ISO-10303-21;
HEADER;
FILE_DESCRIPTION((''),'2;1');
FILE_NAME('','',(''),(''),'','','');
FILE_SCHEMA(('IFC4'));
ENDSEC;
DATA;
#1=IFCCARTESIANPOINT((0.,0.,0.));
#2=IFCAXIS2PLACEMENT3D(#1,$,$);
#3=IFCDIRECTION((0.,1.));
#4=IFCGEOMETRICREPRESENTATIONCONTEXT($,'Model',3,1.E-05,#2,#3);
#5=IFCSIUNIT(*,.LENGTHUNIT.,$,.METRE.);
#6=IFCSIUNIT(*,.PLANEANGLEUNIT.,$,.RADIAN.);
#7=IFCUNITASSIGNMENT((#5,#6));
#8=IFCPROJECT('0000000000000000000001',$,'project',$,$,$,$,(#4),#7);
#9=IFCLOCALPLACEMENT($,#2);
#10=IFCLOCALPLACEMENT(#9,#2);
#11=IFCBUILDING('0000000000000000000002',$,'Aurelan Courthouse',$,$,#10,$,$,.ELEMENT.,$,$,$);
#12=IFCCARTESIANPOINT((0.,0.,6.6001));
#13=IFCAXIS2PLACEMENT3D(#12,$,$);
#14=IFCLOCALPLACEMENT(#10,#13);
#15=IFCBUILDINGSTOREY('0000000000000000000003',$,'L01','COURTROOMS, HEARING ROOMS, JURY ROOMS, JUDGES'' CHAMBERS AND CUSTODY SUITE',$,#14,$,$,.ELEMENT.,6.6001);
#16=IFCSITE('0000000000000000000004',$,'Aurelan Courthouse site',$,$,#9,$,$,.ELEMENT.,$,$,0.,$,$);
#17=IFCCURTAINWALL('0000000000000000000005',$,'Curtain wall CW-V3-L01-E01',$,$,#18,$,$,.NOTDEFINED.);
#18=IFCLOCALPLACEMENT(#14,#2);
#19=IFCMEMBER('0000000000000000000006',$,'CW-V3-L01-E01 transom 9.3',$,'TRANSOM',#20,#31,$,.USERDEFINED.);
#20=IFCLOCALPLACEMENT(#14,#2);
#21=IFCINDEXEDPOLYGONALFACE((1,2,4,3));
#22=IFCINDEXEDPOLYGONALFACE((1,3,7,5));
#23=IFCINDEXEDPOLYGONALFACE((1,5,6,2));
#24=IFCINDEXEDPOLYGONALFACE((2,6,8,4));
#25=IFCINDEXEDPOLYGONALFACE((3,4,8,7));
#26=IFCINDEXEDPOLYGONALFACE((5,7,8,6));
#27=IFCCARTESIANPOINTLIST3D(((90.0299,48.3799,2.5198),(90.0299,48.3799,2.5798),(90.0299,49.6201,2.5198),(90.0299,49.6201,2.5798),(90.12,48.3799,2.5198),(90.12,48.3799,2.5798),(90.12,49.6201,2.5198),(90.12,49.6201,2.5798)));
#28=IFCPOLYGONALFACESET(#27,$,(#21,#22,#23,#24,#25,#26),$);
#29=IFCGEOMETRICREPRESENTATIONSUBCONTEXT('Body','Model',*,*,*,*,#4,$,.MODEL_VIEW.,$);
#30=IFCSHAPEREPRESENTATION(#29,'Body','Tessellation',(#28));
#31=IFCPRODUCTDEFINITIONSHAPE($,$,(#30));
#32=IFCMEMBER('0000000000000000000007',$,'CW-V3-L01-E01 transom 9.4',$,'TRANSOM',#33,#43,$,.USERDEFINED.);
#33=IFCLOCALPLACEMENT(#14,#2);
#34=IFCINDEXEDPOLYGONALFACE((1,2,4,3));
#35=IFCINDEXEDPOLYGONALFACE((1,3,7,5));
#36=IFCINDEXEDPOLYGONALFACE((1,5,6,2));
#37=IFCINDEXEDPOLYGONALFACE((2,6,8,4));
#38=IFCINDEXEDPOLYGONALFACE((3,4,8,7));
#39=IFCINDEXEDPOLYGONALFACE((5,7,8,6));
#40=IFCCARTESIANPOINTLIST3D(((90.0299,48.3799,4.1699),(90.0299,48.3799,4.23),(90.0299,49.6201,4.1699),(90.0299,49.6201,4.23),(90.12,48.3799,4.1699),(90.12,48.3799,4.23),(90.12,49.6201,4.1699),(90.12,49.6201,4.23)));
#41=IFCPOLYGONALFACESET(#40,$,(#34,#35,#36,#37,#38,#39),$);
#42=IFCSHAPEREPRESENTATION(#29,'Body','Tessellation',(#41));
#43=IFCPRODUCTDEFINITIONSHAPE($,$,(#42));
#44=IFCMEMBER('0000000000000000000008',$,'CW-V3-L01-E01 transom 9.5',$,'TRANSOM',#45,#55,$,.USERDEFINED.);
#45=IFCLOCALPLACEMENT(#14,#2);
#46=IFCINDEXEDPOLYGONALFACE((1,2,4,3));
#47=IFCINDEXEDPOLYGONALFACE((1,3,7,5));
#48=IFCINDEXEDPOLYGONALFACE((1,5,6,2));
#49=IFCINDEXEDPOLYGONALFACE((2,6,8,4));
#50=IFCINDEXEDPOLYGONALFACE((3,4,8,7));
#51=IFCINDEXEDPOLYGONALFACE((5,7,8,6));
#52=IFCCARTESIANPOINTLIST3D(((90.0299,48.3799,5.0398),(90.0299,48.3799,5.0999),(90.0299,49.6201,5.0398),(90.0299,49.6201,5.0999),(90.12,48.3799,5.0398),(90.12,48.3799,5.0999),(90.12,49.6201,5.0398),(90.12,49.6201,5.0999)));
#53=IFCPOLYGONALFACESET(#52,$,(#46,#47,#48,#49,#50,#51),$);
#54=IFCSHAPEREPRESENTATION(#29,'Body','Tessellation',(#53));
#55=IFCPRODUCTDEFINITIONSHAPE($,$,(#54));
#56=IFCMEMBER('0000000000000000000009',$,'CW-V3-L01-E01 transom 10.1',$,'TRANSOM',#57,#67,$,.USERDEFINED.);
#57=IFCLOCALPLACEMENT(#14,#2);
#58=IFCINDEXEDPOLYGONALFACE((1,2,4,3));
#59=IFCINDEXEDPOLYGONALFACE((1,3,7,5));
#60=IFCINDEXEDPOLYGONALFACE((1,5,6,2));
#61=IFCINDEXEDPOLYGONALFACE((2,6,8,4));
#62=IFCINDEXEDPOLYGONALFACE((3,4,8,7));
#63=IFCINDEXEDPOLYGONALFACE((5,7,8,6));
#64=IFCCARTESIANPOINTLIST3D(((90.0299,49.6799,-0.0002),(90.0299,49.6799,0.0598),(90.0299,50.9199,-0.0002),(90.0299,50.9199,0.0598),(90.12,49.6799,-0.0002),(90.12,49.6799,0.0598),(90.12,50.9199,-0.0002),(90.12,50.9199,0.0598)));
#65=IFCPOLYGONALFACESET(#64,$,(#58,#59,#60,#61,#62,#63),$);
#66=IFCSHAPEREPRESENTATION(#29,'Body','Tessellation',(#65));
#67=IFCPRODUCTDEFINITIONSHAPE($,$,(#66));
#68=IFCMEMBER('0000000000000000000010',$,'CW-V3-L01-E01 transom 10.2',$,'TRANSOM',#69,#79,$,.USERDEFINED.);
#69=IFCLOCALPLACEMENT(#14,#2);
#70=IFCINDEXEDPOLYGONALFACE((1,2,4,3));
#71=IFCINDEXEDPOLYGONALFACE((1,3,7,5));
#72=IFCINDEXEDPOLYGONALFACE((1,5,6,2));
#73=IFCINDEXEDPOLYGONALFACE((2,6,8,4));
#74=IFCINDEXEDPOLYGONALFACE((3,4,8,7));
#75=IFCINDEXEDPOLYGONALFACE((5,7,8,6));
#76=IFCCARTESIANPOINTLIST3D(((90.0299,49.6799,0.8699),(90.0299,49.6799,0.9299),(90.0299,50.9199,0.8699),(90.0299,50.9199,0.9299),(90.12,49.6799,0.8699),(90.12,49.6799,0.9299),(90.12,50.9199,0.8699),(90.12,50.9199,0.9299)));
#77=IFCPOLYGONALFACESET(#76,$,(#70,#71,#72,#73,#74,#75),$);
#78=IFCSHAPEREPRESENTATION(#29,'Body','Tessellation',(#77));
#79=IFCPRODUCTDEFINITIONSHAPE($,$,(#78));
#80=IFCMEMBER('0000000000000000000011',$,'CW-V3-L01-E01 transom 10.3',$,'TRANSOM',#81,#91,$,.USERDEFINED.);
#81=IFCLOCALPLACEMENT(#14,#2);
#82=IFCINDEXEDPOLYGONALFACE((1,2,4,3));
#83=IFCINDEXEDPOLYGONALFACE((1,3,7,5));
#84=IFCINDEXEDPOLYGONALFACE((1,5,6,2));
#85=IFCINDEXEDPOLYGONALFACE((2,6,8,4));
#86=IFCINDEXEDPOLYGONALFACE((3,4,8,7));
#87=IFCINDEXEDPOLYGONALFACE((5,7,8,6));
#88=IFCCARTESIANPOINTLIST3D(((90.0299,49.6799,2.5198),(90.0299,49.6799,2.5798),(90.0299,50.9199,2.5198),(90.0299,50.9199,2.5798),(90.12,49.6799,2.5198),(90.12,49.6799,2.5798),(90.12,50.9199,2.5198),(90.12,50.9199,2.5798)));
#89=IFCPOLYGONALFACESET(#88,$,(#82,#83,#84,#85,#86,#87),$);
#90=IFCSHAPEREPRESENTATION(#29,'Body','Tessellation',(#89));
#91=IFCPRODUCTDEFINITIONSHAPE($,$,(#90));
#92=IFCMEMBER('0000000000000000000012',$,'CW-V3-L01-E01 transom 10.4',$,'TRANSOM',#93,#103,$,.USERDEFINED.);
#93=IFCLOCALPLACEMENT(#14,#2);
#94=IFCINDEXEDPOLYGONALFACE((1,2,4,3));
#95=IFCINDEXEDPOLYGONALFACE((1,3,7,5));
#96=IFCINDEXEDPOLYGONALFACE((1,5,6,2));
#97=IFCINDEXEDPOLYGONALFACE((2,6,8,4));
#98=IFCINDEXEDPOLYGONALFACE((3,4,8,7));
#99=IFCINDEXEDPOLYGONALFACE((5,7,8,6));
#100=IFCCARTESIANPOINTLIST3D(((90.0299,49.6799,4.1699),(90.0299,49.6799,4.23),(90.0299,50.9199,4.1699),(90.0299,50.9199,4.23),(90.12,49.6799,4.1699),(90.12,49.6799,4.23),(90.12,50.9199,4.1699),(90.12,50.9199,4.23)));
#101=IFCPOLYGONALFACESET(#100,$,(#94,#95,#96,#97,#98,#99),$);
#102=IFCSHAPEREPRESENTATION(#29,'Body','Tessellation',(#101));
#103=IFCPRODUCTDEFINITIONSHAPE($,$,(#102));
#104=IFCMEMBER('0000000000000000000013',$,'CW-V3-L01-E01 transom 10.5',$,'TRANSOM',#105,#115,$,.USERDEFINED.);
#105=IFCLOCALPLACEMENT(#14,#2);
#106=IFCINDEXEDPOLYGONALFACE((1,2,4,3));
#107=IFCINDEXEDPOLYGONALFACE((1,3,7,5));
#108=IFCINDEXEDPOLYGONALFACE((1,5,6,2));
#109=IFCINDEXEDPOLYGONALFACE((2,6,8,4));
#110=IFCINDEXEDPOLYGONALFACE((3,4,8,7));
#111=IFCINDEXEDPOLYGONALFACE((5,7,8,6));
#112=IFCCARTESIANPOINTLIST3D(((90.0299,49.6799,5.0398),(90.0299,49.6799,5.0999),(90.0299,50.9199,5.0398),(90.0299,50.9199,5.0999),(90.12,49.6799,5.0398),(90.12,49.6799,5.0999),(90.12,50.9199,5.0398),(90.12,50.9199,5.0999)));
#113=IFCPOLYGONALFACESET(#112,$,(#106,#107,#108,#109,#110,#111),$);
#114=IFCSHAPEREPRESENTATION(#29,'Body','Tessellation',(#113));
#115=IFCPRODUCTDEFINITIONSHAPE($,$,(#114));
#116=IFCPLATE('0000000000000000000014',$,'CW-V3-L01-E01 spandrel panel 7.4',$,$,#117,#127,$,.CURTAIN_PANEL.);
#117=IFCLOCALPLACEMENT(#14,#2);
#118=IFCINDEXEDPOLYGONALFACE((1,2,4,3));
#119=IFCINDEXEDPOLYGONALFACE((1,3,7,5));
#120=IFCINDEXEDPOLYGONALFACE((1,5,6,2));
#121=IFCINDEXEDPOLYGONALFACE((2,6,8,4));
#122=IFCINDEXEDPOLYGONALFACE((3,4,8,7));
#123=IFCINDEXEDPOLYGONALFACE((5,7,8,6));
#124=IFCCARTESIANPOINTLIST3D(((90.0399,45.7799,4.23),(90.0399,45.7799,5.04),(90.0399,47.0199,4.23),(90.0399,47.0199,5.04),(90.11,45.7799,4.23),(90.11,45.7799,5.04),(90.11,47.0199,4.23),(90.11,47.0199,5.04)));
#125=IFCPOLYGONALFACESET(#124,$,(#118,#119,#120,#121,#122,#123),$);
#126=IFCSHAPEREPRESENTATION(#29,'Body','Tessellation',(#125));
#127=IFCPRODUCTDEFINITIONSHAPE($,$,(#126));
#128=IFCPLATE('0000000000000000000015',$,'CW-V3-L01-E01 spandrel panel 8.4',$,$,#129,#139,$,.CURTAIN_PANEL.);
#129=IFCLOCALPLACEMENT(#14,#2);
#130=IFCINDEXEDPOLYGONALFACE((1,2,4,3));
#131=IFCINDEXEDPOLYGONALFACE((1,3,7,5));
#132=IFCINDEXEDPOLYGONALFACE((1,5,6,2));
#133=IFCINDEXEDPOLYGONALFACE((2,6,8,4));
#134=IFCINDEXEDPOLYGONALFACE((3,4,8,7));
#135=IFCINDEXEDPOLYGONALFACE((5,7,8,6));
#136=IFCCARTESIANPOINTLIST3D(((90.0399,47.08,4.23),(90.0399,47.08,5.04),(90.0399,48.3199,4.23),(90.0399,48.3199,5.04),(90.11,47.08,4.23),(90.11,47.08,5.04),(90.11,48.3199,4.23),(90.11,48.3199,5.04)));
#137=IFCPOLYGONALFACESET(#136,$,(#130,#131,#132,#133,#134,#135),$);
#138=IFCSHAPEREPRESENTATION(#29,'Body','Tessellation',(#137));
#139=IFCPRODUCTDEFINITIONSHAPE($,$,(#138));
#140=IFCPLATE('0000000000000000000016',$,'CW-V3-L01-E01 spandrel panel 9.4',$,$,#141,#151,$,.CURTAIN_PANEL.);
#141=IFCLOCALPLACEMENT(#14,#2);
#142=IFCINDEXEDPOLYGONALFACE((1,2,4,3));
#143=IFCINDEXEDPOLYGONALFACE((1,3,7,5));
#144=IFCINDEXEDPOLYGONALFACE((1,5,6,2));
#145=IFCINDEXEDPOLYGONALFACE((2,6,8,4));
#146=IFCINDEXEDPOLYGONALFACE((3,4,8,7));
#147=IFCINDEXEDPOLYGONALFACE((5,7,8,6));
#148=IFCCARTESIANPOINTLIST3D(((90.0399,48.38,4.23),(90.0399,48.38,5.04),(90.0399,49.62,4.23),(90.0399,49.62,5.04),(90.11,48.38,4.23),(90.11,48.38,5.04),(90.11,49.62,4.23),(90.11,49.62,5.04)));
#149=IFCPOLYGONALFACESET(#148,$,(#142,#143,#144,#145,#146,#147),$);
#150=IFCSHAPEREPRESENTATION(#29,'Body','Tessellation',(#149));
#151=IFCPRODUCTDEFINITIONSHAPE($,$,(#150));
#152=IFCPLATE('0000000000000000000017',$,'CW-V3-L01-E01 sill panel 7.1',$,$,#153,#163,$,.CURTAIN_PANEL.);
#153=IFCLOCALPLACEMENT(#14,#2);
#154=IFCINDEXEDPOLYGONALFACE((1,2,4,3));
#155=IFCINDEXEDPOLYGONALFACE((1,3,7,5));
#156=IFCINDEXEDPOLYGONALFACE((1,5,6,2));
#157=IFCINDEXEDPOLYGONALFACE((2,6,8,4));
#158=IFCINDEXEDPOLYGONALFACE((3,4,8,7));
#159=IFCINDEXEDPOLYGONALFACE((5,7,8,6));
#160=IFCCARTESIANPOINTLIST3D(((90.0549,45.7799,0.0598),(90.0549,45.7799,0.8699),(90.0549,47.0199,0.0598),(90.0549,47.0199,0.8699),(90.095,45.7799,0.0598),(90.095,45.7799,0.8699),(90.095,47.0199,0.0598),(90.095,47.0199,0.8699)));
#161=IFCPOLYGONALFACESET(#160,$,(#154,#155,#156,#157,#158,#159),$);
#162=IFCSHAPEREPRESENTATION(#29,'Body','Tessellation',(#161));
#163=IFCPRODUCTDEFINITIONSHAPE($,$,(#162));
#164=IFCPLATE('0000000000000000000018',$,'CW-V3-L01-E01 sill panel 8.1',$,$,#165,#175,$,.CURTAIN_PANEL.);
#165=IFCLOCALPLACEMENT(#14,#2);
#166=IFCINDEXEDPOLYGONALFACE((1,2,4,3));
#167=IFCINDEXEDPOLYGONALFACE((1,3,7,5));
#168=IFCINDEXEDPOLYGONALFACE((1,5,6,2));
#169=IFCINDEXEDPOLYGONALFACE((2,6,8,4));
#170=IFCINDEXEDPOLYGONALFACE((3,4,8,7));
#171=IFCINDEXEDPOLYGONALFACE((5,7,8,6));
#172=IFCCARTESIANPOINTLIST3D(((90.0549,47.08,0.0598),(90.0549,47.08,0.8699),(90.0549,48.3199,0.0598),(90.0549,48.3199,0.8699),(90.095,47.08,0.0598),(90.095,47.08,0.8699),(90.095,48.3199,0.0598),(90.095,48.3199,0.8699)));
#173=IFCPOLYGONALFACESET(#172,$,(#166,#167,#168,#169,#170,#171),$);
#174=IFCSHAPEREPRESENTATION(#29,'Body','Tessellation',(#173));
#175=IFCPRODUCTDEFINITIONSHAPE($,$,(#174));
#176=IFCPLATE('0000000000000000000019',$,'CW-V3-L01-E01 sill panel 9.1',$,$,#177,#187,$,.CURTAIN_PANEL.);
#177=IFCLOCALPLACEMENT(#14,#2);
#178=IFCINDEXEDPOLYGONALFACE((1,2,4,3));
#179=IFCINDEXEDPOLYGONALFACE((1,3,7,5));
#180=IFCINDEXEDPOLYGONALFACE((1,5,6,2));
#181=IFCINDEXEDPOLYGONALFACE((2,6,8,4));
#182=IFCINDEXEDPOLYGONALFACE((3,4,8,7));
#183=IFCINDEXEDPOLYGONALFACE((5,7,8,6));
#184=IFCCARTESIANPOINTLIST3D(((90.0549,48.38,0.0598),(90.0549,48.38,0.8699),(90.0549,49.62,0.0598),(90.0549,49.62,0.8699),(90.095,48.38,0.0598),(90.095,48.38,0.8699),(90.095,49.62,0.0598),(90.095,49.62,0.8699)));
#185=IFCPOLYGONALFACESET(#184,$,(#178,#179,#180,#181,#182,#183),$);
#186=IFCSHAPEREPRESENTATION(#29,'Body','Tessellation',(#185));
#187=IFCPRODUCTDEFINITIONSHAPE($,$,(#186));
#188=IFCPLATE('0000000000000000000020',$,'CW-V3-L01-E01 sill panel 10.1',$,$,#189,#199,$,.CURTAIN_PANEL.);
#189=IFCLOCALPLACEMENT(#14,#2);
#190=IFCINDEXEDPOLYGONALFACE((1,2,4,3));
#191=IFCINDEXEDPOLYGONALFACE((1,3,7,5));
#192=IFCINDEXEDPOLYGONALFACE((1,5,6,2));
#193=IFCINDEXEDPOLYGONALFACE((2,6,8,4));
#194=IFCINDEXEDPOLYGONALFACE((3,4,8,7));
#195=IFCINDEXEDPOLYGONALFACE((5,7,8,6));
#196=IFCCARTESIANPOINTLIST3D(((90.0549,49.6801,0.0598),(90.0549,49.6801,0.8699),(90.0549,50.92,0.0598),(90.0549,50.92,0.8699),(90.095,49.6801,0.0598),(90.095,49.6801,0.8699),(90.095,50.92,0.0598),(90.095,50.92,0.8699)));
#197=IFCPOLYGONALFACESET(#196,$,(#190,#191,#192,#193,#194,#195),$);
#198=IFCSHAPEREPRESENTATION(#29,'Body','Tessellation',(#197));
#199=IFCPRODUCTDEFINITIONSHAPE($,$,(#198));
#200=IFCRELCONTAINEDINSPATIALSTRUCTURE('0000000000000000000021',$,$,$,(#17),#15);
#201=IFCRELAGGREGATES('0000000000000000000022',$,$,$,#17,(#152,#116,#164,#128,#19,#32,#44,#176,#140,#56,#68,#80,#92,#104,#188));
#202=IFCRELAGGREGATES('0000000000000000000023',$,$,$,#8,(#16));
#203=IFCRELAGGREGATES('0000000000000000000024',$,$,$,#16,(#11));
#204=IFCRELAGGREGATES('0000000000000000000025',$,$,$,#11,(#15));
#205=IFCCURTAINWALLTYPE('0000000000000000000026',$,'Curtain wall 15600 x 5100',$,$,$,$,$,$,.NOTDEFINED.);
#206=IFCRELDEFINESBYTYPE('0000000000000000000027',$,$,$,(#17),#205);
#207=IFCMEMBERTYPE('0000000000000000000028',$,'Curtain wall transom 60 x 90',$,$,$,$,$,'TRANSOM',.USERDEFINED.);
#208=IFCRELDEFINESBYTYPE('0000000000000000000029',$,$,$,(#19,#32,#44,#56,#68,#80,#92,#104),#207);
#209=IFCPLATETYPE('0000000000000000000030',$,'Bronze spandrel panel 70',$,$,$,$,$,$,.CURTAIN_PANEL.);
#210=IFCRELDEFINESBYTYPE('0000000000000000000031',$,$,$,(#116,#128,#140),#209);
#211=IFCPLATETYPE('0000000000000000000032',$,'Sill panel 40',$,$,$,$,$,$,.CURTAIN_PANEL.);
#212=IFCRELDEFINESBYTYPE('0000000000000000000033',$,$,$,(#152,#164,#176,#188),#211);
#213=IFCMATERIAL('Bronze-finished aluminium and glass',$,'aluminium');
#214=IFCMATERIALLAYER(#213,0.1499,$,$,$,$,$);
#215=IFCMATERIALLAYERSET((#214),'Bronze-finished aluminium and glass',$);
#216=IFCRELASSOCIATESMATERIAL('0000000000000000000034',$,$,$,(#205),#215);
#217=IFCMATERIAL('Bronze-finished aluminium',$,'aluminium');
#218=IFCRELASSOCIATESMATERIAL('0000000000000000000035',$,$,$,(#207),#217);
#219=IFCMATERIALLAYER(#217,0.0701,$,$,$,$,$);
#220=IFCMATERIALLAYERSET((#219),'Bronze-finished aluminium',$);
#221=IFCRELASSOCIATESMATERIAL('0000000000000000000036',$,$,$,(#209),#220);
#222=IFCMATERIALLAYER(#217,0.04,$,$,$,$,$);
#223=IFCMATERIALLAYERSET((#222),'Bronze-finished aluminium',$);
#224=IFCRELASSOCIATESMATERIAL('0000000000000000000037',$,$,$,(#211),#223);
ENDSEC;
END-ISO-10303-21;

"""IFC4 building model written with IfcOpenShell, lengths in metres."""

from ifc_helpers import new_model, si_unit, direction, frame, origin, origin_2d, place, context, subcontext, project, spatial, rectangle, extrude, material, layer, layer_set, material_profile, profile_set, type_object, element, aggregate, save


model = new_model("IFC4")

# Units and contexts
model_context = context("Model", 3, precision=1e-05, world=origin(), true_north=direction((0.0, 1.0)))
body_context = subcontext(model_context, "Body", "Model", "MODEL_VIEW")
ifc_project = project(units=[si_unit("LENGTHUNIT", "METRE"), si_unit("PLANEANGLEUNIT", "RADIAN")], contexts=[model_context])

# Site, building, storey
site_placement = place(None, origin())
site = spatial("IfcSite", under=ifc_project, at=site_placement, Name="Aurelan Courthouse site", CompositionType="ELEMENT", RefElevation=0.0)
building_placement = place(site_placement, origin())
building = spatial("IfcBuilding", under=site, at=building_placement, Name="Aurelan Courthouse", CompositionType="ELEMENT")
storey_placement = place(building_placement, frame((0.0, 0.0, 6.6001)))
storey = spatial("IfcBuildingStorey", under=building, at=storey_placement, Name="L01", Description="COURTROOMS, HEARING ROOMS, JURY ROOMS, JUDGES' CHAMBERS AND CUSTODY SUITE", CompositionType="ELEMENT", Elevation=6.6001)

# Curtain wall, members, plates
ifc_material_1 = material(Name="Bronze-finished aluminium and glass", Category="aluminium")
ifc_layer_1 = layer(ifc_material_1, 0.1499)
ifc_layer_set_1 = layer_set([ifc_layer_1], Name="Bronze-finished aluminium and glass")
curtain_wall_type = type_object("IfcCurtainWallType", Name="Curtain wall 15600 x 5100", PredefinedType="NOTDEFINED", material=ifc_layer_set_1)
curtain_wall_placement = place(storey_placement, origin())
curtain_wall = element("IfcCurtainWall", 1, at=curtain_wall_placement, inside=storey, type_object=curtain_wall_type, Name="Curtain wall CW-V3-L01-E01", PredefinedType="NOTDEFINED")
ifc_material_2 = material(Name="Bronze-finished aluminium", Category="aluminium")
ifc_material_profile_1 = material_profile(ifc_material_2, rectangle(XDim=0.0901, YDim=0.0601, at=origin_2d()), Name="Bronze transom 60 x 90")
ifc_profile_set_1 = profile_set([ifc_material_profile_1], Name="Bronze-finished aluminium")
member_type_1 = type_object("IfcMemberType", Name="Curtain wall transom 60 x 90", ElementType="TRANSOM", PredefinedType="USERDEFINED", material=ifc_profile_set_1)
member_1_placement = place(storey_placement, frame((90.075, 48.3799, 2.5498), z_axis=(0.0, 1.0, 0.0), x_axis=(-1.0, 0.0, 0.0)))
member_1 = element("IfcMember", 2, at=member_1_placement, type_object=member_type_1, Name="CW-V3-L01-E01 transom 9.3", ObjectType="TRANSOM", PredefinedType="USERDEFINED", context=body_context, shape_type="SweptSolid", body=[
    extrude(rectangle(XDim=0.0901, YDim=0.0601, at=origin_2d()), origin(), (0.0, 0.0, 1.0), 1.2402),
])
member_2_placement = place(storey_placement, frame((90.075, 48.3799, 4.2), z_axis=(0.0, 1.0, 0.0), x_axis=(-1.0, 0.0, 0.0)))
member_2 = element("IfcMember", 3, at=member_2_placement, type_object=member_type_1, Name="CW-V3-L01-E01 transom 9.4", ObjectType="TRANSOM", PredefinedType="USERDEFINED", context=body_context, shape_type="SweptSolid", body=[
    extrude(rectangle(XDim=0.0901, YDim=0.0601, at=origin_2d()), origin(), (0.0, 0.0, 1.0), 1.2402),
])
member_3_placement = place(storey_placement, frame((90.075, 48.3799, 5.0698), z_axis=(0.0, 1.0, 0.0), x_axis=(-1.0, 0.0, 0.0)))
member_3 = element("IfcMember", 4, at=member_3_placement, type_object=member_type_1, Name="CW-V3-L01-E01 transom 9.5", ObjectType="TRANSOM", PredefinedType="USERDEFINED", context=body_context, shape_type="SweptSolid", body=[
    extrude(rectangle(XDim=0.0901, YDim=0.0601, at=origin_2d()), origin(), (0.0, 0.0, 1.0), 1.2402),
])
member_4_placement = place(storey_placement, frame((90.075, 49.6799, 0.0298), z_axis=(0.0, 1.0, 0.0), x_axis=(-1.0, 0.0, 0.0)))
member_4 = element("IfcMember", 5, at=member_4_placement, type_object=member_type_1, Name="CW-V3-L01-E01 transom 10.1", ObjectType="TRANSOM", PredefinedType="USERDEFINED", context=body_context, shape_type="SweptSolid", body=[
    extrude(rectangle(XDim=0.0901, YDim=0.0601, at=origin_2d()), origin(), (0.0, 0.0, 1.0), 1.24),
])
member_5_placement = place(storey_placement, frame((90.075, 49.6799, 0.8999), z_axis=(0.0, 1.0, 0.0), x_axis=(-1.0, 0.0, 0.0)))
member_5 = element("IfcMember", 6, at=member_5_placement, type_object=member_type_1, Name="CW-V3-L01-E01 transom 10.2", ObjectType="TRANSOM", PredefinedType="USERDEFINED", context=body_context, shape_type="SweptSolid", body=[
    extrude(rectangle(XDim=0.0901, YDim=0.0601, at=origin_2d()), origin(), (0.0, 0.0, 1.0), 1.24),
])
member_6_placement = place(storey_placement, frame((90.075, 49.6799, 2.5498), z_axis=(0.0, 1.0, 0.0), x_axis=(-1.0, 0.0, 0.0)))
member_6 = element("IfcMember", 7, at=member_6_placement, type_object=member_type_1, Name="CW-V3-L01-E01 transom 10.3", ObjectType="TRANSOM", PredefinedType="USERDEFINED", context=body_context, shape_type="SweptSolid", body=[
    extrude(rectangle(XDim=0.0901, YDim=0.0601, at=origin_2d()), origin(), (0.0, 0.0, 1.0), 1.24),
])
member_7_placement = place(storey_placement, frame((90.075, 49.6799, 4.2), z_axis=(0.0, 1.0, 0.0), x_axis=(-1.0, 0.0, 0.0)))
member_7 = element("IfcMember", 8, at=member_7_placement, type_object=member_type_1, Name="CW-V3-L01-E01 transom 10.4", ObjectType="TRANSOM", PredefinedType="USERDEFINED", context=body_context, shape_type="SweptSolid", body=[
    extrude(rectangle(XDim=0.0901, YDim=0.0601, at=origin_2d()), origin(), (0.0, 0.0, 1.0), 1.24),
])
member_8_placement = place(storey_placement, frame((90.075, 49.6799, 5.0698), z_axis=(0.0, 1.0, 0.0), x_axis=(-1.0, 0.0, 0.0)))
member_8 = element("IfcMember", 9, at=member_8_placement, type_object=member_type_1, Name="CW-V3-L01-E01 transom 10.5", ObjectType="TRANSOM", PredefinedType="USERDEFINED", context=body_context, shape_type="SweptSolid", body=[
    extrude(rectangle(XDim=0.0901, YDim=0.0601, at=origin_2d()), origin(), (0.0, 0.0, 1.0), 1.24),
])
ifc_layer_2 = layer(ifc_material_2, 0.0701)
ifc_layer_set_2 = layer_set([ifc_layer_2], Name="Bronze-finished aluminium")
plate_type_1 = type_object("IfcPlateType", Name="Bronze spandrel panel 70", PredefinedType="CURTAIN_PANEL", material=ifc_layer_set_2)
plate_1_placement = place(storey_placement, frame((90.075, 46.3999, 4.23), z_axis=(0.0, 0.0, 1.0), x_axis=(0.0, 1.0, 0.0)))
plate_1 = element("IfcPlate", 10, at=plate_1_placement, type_object=plate_type_1, Name="CW-V3-L01-E01 spandrel panel 7.4", PredefinedType="CURTAIN_PANEL", context=body_context, shape_type="SweptSolid", body=[
    extrude(rectangle(XDim=1.24, YDim=0.0701, at=origin_2d()), origin(), (0.0, 0.0, 1.0), 0.8101),
])
plate_2_placement = place(storey_placement, frame((90.075, 47.7, 4.23), z_axis=(0.0, 0.0, 1.0), x_axis=(0.0, 1.0, 0.0)))
plate_2 = element("IfcPlate", 11, at=plate_2_placement, type_object=plate_type_1, Name="CW-V3-L01-E01 spandrel panel 8.4", PredefinedType="CURTAIN_PANEL", context=body_context, shape_type="SweptSolid", body=[
    extrude(rectangle(XDim=1.24, YDim=0.0701, at=origin_2d()), origin(), (0.0, 0.0, 1.0), 0.8101),
])
plate_3_placement = place(storey_placement, frame((90.075, 49.0, 4.23), z_axis=(0.0, 0.0, 1.0), x_axis=(0.0, 1.0, 0.0)))
plate_3 = element("IfcPlate", 12, at=plate_3_placement, type_object=plate_type_1, Name="CW-V3-L01-E01 spandrel panel 9.4", PredefinedType="CURTAIN_PANEL", context=body_context, shape_type="SweptSolid", body=[
    extrude(rectangle(XDim=1.24, YDim=0.0701, at=origin_2d()), origin(), (0.0, 0.0, 1.0), 0.8101),
])
ifc_layer_3 = layer(ifc_material_2, 0.04)
ifc_layer_set_3 = layer_set([ifc_layer_3], Name="Bronze-finished aluminium")
plate_type_2 = type_object("IfcPlateType", Name="Sill panel 40", PredefinedType="CURTAIN_PANEL", material=ifc_layer_set_3)
plate_4_placement = place(storey_placement, frame((90.075, 46.3999, 0.0598), z_axis=(0.0, 0.0, 1.0), x_axis=(0.0, 1.0, 0.0)))
plate_4 = element("IfcPlate", 13, at=plate_4_placement, type_object=plate_type_2, Name="CW-V3-L01-E01 sill panel 7.1", PredefinedType="CURTAIN_PANEL", context=body_context, shape_type="SweptSolid", body=[
    extrude(rectangle(XDim=1.24, YDim=0.04, at=origin_2d()), origin(), (0.0, 0.0, 1.0), 0.8101),
])
plate_5_placement = place(storey_placement, frame((90.075, 47.7, 0.0598), z_axis=(0.0, 0.0, 1.0), x_axis=(0.0, 1.0, 0.0)))
plate_5 = element("IfcPlate", 14, at=plate_5_placement, type_object=plate_type_2, Name="CW-V3-L01-E01 sill panel 8.1", PredefinedType="CURTAIN_PANEL", context=body_context, shape_type="SweptSolid", body=[
    extrude(rectangle(XDim=1.24, YDim=0.04, at=origin_2d()), origin(), (0.0, 0.0, 1.0), 0.8101),
])
plate_6_placement = place(storey_placement, frame((90.075, 49.0, 0.0598), z_axis=(0.0, 0.0, 1.0), x_axis=(0.0, 1.0, 0.0)))
plate_6 = element("IfcPlate", 15, at=plate_6_placement, type_object=plate_type_2, Name="CW-V3-L01-E01 sill panel 9.1", PredefinedType="CURTAIN_PANEL", context=body_context, shape_type="SweptSolid", body=[
    extrude(rectangle(XDim=1.24, YDim=0.04, at=origin_2d()), origin(), (0.0, 0.0, 1.0), 0.8101),
])
plate_7_placement = place(storey_placement, frame((90.075, 50.3, 0.0598), z_axis=(0.0, 0.0, 1.0), x_axis=(0.0, 1.0, 0.0)))
plate_7 = element("IfcPlate", 16, at=plate_7_placement, type_object=plate_type_2, Name="CW-V3-L01-E01 sill panel 10.1", PredefinedType="CURTAIN_PANEL", context=body_context, shape_type="SweptSolid", body=[
    extrude(rectangle(XDim=1.24, YDim=0.04, at=origin_2d()), origin(), (0.0, 0.0, 1.0), 0.8101),
])
aggregate(curtain_wall, [plate_4, plate_1, plate_5, plate_2, member_1, member_2, member_3, plate_6, plate_3, member_4, member_5, member_6, member_7, member_8, plate_7])

save(model, "model.ifc")
